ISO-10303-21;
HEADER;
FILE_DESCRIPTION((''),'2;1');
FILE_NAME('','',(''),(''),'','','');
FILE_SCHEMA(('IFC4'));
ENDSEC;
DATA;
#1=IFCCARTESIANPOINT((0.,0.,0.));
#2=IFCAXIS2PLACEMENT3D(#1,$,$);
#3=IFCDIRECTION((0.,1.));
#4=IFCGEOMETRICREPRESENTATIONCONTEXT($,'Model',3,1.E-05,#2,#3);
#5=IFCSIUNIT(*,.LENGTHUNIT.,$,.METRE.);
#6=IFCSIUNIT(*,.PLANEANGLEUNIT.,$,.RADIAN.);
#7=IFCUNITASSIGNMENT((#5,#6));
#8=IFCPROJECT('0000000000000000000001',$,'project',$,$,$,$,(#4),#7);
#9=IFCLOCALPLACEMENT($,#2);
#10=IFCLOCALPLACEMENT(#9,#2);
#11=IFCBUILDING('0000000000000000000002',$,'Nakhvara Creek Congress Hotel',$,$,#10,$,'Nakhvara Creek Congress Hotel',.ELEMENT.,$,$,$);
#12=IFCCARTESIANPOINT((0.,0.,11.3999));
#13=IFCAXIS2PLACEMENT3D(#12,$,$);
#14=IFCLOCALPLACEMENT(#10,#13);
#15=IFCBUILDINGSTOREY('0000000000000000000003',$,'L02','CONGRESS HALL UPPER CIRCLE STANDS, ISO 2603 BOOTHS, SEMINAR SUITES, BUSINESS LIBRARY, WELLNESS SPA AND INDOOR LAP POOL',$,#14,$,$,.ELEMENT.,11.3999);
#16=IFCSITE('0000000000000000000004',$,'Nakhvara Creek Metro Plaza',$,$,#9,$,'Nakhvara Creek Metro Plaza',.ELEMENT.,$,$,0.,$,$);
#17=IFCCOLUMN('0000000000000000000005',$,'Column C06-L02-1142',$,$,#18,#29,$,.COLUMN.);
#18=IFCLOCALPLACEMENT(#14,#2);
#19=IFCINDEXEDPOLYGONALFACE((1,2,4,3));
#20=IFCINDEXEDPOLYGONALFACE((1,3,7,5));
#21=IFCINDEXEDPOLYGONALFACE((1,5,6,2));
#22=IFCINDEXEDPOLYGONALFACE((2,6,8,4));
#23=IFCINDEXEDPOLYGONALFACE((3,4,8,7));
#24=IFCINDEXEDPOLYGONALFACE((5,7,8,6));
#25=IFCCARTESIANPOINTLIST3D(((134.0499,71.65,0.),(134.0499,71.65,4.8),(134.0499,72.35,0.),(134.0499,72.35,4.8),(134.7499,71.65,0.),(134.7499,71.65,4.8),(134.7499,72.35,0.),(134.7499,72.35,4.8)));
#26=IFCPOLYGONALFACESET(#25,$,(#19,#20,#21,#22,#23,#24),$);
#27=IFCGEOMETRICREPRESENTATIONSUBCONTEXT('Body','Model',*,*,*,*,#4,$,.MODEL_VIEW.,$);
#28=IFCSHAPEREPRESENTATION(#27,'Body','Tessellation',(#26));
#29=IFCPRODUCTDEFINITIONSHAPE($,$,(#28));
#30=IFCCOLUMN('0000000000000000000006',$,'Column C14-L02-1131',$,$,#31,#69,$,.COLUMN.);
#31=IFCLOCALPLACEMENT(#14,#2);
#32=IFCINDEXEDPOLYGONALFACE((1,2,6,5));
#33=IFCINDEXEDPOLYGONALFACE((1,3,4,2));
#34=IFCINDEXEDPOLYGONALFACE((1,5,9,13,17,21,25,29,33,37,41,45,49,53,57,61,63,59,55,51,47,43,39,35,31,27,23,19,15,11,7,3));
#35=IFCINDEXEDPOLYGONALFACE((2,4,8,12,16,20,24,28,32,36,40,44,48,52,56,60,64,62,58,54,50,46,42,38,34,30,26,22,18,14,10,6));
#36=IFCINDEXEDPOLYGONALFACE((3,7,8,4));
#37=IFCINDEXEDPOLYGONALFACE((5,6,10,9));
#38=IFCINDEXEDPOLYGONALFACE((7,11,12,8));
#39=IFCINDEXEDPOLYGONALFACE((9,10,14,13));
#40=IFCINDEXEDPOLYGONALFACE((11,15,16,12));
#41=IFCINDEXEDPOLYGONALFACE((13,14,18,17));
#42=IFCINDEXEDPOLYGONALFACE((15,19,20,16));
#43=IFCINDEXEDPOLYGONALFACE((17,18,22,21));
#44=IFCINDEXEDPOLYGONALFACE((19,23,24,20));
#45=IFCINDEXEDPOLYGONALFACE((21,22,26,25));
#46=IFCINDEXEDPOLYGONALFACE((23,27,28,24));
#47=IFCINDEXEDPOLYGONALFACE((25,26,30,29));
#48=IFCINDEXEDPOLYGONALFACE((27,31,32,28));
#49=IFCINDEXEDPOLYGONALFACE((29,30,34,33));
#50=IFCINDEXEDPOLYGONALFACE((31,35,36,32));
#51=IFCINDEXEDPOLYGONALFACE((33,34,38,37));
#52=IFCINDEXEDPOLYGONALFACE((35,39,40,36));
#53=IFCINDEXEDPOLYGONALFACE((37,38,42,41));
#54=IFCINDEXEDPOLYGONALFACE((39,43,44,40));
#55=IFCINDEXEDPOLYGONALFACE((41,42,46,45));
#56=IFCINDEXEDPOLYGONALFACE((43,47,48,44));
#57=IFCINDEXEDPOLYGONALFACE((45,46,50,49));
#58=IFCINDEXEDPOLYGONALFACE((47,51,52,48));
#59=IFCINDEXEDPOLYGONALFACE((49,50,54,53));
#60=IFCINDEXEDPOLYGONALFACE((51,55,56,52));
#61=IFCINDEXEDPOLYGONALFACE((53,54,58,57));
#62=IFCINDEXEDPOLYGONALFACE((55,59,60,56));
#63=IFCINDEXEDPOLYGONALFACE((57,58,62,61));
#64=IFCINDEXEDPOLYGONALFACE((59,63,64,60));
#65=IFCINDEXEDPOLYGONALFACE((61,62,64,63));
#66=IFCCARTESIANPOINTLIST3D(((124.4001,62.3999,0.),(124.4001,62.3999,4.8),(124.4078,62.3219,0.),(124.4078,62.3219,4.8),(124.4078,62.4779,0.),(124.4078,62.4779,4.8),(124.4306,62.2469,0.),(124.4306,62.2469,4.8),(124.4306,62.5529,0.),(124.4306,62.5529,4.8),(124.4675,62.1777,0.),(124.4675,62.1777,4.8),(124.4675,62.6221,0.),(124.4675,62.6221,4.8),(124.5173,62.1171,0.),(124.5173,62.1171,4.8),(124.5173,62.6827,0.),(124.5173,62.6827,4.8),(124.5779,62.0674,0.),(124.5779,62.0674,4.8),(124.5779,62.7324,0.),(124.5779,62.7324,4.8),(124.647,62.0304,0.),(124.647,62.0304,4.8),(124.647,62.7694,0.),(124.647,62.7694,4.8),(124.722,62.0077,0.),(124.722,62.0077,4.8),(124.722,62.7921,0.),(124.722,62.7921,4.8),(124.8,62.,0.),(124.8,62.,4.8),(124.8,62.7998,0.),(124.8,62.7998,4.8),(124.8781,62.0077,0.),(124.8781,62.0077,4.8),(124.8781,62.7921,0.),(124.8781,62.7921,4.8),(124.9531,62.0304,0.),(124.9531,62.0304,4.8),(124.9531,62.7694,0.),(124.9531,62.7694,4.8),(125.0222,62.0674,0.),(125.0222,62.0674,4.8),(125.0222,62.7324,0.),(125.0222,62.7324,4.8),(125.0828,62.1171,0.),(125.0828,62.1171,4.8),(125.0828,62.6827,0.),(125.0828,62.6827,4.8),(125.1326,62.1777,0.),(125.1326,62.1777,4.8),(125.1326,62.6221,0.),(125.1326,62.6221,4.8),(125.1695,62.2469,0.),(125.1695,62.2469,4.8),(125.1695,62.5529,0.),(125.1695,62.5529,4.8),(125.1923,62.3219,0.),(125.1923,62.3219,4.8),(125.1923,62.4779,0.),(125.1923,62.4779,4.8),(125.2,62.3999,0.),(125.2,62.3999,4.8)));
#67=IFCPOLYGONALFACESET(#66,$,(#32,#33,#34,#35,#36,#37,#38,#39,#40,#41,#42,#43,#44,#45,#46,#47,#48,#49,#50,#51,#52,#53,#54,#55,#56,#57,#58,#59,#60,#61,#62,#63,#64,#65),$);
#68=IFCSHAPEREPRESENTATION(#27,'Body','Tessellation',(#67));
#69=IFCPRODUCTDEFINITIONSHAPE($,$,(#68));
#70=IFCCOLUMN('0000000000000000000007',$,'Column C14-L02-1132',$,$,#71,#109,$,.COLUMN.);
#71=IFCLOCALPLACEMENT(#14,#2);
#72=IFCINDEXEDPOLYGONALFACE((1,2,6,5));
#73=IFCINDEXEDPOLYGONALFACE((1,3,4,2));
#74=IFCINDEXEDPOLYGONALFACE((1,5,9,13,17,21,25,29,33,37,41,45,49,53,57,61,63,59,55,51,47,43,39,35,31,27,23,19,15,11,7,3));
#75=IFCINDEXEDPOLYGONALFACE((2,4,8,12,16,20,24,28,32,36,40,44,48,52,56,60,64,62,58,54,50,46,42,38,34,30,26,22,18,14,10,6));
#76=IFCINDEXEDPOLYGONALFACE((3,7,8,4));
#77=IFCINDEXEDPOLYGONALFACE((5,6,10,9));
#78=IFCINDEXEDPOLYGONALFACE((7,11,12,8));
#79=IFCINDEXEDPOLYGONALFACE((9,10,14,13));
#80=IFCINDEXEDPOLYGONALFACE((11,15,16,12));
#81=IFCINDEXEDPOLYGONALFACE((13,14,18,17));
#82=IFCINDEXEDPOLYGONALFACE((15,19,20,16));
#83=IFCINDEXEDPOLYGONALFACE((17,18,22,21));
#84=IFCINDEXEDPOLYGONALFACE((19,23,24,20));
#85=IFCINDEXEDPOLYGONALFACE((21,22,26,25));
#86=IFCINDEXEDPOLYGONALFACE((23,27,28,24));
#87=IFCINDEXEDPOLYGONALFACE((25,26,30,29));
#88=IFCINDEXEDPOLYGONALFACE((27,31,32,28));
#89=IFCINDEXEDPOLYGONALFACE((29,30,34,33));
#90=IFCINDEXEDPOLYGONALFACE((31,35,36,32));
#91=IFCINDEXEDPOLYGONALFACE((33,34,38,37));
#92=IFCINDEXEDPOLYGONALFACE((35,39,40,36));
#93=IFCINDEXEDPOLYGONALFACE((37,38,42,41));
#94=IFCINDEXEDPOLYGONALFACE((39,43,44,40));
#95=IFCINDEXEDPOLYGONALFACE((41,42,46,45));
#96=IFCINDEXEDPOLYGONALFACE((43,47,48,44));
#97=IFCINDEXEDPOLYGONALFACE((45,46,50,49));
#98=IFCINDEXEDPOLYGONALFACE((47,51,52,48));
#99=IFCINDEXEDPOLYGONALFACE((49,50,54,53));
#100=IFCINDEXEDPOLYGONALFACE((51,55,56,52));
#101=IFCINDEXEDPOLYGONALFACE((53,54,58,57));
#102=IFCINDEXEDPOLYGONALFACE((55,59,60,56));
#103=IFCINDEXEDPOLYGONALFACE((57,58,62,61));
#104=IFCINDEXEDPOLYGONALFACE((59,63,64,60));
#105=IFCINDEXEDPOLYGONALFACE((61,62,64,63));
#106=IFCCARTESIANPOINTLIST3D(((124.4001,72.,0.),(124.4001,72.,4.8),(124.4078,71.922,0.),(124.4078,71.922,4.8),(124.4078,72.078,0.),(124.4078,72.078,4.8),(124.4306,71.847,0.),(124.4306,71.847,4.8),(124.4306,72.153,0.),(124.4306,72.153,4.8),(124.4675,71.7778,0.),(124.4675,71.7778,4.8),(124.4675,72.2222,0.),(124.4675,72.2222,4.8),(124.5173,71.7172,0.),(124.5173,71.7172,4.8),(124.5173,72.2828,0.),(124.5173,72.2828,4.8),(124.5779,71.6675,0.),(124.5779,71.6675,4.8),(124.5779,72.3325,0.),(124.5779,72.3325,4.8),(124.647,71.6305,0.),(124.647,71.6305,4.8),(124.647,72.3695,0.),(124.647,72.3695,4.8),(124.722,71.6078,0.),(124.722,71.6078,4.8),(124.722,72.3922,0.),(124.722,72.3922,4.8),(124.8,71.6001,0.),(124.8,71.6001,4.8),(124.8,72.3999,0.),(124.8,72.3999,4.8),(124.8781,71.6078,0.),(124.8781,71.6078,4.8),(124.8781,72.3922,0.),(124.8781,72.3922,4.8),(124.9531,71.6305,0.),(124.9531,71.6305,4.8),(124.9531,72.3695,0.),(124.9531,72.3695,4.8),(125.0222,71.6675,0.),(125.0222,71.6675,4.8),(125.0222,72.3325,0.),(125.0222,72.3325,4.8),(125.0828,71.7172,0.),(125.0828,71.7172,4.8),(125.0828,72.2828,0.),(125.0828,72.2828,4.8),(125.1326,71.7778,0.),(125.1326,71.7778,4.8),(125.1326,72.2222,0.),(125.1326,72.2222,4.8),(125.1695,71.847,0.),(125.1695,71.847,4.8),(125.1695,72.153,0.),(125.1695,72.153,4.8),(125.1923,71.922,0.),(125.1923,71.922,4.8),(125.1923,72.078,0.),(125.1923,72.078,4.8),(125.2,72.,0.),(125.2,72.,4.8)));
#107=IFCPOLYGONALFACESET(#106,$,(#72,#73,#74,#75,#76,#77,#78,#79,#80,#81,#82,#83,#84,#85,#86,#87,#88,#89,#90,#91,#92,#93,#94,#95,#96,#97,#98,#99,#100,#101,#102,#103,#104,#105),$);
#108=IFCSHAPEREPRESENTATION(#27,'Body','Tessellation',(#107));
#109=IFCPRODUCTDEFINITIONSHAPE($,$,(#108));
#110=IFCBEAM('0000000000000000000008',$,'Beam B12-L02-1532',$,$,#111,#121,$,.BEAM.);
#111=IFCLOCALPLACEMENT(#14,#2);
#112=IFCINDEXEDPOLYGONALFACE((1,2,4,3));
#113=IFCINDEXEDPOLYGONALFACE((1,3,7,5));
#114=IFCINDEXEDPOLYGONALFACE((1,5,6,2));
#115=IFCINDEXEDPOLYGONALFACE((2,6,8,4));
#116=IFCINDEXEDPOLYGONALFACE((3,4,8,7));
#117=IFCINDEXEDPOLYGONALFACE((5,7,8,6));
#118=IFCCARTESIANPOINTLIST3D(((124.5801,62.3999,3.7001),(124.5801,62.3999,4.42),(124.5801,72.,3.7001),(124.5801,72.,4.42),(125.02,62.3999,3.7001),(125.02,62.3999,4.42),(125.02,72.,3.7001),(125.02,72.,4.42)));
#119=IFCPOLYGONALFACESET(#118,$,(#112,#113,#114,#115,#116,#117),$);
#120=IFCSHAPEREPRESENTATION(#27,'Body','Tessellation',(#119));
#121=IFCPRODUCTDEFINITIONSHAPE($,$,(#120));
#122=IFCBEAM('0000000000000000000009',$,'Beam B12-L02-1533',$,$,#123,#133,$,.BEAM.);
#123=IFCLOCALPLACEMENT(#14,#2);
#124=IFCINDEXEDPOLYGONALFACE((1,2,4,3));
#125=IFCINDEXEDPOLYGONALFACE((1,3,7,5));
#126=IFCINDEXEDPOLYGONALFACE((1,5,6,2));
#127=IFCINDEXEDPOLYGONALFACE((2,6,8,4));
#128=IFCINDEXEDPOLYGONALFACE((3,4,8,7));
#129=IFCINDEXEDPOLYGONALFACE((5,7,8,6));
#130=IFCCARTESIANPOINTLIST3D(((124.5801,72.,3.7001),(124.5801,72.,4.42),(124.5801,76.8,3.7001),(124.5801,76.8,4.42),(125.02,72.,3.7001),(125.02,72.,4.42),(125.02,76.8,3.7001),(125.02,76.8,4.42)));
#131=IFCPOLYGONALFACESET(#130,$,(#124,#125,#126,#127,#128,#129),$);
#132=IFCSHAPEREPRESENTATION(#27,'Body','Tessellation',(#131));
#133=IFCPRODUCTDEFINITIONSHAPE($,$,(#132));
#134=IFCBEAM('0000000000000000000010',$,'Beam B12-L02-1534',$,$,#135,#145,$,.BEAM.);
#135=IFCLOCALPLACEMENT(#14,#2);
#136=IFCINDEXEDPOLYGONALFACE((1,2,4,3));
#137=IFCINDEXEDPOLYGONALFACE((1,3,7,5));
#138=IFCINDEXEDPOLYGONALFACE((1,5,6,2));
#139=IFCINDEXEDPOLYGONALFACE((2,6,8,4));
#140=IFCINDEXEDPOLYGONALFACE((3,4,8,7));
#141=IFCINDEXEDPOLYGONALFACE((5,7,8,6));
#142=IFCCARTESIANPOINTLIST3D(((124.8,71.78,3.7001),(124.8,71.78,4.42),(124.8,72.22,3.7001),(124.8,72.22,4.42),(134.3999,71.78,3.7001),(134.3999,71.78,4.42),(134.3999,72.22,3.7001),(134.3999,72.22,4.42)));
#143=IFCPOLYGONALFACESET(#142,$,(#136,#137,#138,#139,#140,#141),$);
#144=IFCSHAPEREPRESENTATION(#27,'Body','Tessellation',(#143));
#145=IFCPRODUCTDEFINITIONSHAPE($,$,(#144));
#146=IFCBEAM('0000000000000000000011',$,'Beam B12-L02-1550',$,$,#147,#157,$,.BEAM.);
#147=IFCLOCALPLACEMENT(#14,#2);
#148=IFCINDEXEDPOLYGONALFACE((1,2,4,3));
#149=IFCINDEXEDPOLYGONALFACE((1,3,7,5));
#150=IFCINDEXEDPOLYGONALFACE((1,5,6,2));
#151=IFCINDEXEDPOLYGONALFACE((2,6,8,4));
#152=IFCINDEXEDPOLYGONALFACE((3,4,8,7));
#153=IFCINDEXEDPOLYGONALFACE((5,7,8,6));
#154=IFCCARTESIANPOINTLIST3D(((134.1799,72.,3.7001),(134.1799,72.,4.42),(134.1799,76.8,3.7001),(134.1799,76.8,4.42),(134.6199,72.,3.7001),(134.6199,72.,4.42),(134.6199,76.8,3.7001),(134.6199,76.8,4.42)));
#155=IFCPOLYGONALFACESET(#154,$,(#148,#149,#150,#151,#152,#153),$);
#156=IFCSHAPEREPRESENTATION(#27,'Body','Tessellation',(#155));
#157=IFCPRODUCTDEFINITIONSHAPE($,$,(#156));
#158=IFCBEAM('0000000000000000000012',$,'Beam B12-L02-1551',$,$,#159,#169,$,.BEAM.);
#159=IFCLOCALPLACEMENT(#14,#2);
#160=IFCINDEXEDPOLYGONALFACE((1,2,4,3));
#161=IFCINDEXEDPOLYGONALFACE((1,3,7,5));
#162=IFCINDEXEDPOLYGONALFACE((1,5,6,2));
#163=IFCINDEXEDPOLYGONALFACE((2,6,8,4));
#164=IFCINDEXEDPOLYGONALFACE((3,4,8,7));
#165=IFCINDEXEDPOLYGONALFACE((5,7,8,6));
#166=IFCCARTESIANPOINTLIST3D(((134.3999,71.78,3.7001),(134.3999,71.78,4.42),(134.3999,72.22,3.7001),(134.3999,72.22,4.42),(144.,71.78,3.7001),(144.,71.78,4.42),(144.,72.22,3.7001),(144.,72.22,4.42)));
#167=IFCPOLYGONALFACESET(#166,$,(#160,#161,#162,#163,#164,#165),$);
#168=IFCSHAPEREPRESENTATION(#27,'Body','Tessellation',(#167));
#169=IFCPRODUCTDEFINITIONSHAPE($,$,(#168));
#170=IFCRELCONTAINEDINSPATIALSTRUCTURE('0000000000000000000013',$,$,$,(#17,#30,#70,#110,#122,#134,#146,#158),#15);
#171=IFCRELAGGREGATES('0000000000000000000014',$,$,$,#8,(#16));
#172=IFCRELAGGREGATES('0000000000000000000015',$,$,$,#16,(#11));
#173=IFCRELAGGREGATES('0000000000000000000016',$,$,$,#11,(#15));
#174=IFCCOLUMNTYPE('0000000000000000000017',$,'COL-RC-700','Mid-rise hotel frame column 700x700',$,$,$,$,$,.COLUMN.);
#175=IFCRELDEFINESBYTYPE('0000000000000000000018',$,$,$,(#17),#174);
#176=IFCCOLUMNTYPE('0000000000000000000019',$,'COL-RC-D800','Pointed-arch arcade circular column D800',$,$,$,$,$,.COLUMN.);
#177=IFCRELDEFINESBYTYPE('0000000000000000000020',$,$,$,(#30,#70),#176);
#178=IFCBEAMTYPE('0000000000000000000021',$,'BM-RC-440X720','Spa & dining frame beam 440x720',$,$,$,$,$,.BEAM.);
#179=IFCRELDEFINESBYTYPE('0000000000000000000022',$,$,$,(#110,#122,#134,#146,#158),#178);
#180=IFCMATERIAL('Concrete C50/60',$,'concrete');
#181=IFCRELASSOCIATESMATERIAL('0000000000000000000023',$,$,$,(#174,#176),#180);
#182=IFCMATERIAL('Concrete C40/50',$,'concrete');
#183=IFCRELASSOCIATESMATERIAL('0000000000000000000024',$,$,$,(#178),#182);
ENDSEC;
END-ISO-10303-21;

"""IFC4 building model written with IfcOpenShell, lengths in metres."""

from ifc_helpers import new_model, si_unit, direction, frame, origin, origin_2d, place, context, subcontext, project, spatial, rectangle, circle, extrude, material, material_profile, profile_set, type_object, element, save


model = new_model("IFC4")

# Units and contexts
model_context = context("Model", 3, precision=1e-05, world=origin(), true_north=direction((0.0, 1.0)))
body_context = subcontext(model_context, "Body", "Model", "MODEL_VIEW")
ifc_project = project(units=[si_unit("LENGTHUNIT", "METRE"), si_unit("PLANEANGLEUNIT", "RADIAN")], contexts=[model_context])

# Site, building, storey
site_placement = place(None, origin())
site = spatial("IfcSite", under=ifc_project, at=site_placement, Name="Nakhvara Creek Metro Plaza", LongName="Nakhvara Creek Metro Plaza", CompositionType="ELEMENT", RefElevation=0.0)
building_placement = place(site_placement, origin())
building = spatial("IfcBuilding", under=site, at=building_placement, Name="Nakhvara Creek Congress Hotel", LongName="Nakhvara Creek Congress Hotel", CompositionType="ELEMENT")
storey_placement = place(building_placement, frame((0.0, 0.0, 11.3999)))
storey = spatial("IfcBuildingStorey", under=building, at=storey_placement, Name="L02", Description="CONGRESS HALL UPPER CIRCLE STANDS, ISO 2603 BOOTHS, SEMINAR SUITES, BUSINESS LIBRARY, WELLNESS SPA AND INDOOR LAP POOL", CompositionType="ELEMENT", Elevation=11.3999)

# Columns
ifc_material_1 = material(Name="Concrete C50/60", Category="concrete")
ifc_material_profile_1 = material_profile(ifc_material_1, rectangle(XDim=0.7, YDim=0.7, at=origin_2d()), Name="RC-COL 700x700", Category="LoadBearing")
ifc_profile_set_1 = profile_set([ifc_material_profile_1], Name="Concrete C50/60")
column_type_1 = type_object("IfcColumnType", Name="COL-RC-700", Description="Mid-rise hotel frame column 700x700", PredefinedType="COLUMN", material=ifc_profile_set_1)
column_placement = place(storey_placement, frame((134.3999, 72.0, 0.0), z_axis=(0.0, 0.0, 1.0), x_axis=(1.0, 0.0, 0.0)))
element("IfcColumn", 1, at=column_placement, inside=storey, type_object=column_type_1, Name="Column C06-L02-1142", PredefinedType="COLUMN", context=body_context, shape_type="SweptSolid", body=[
    extrude(rectangle(XDim=0.7, YDim=0.7, at=origin_2d()), origin(), (0.0, 0.0, 1.0), 4.8),
])
ifc_material_profile_2 = material_profile(ifc_material_1, circle(Radius=0.3999, at=origin_2d()), Name="RC-COL D800", Category="LoadBearing")
ifc_profile_set_2 = profile_set([ifc_material_profile_2], Name="Concrete C50/60")
column_type_2 = type_object("IfcColumnType", Name="COL-RC-D800", Description="Pointed-arch arcade circular column D800", PredefinedType="COLUMN", material=ifc_profile_set_2)
for number, where, z_axis, x_axis, name in (
    (2, (124.8, 62.3999, 0.0), (0.0, 0.0, 1.0), (1.0, 0.0, 0.0), "Column C14-L02-1131"),
    (3, (124.8, 72.0, 0.0), (0.0, 0.0, 1.0), (1.0, 0.0, 0.0), "Column C14-L02-1132"),
):
    element("IfcColumn", number, at=place(storey_placement, frame(where, z_axis=z_axis, x_axis=x_axis)), inside=storey, type_object=column_type_2, Name=name, PredefinedType="COLUMN", context=body_context, shape_type="SweptSolid", body=[
        extrude(circle(Radius=0.3999, at=origin_2d()), origin(), (0.0, 0.0, 1.0), 4.8),
    ])

# Beams
ifc_material_2 = material(Name="Concrete C40/50", Category="concrete")
ifc_material_profile_3 = material_profile(ifc_material_2, rectangle(XDim=0.4399, YDim=0.72, at=origin_2d()), Name="RC-BM 440x720", Category="LoadBearing")
ifc_profile_set_3 = profile_set([ifc_material_profile_3], Name="Concrete C40/50")
beam_type_1 = type_object("IfcBeamType", Name="BM-RC-440X720", Description="Spa & dining frame beam 440x720", PredefinedType="BEAM", material=ifc_profile_set_3)
beam_1_placement = place(storey_placement, frame((124.8, 62.3999, 4.0601), z_axis=(0.0, 1.0, 0.0), x_axis=(-1.0, 0.0, 0.0)))
element("IfcBeam", 4, at=beam_1_placement, inside=storey, type_object=beam_type_1, Name="Beam B12-L02-1532", PredefinedType="BEAM", context=body_context, shape_type="SweptSolid", body=[
    extrude(rectangle(XDim=0.4399, YDim=0.72, at=origin_2d()), origin(), (0.0, 0.0, 1.0), 9.6001),
])
beam_2_placement = place(storey_placement, frame((124.8, 72.0, 4.0601), z_axis=(0.0, 1.0, 0.0), x_axis=(-1.0, 0.0, 0.0)))
element("IfcBeam", 5, at=beam_2_placement, inside=storey, type_object=beam_type_1, Name="Beam B12-L02-1533", PredefinedType="BEAM", context=body_context, shape_type="SweptSolid", body=[
    extrude(rectangle(XDim=0.4399, YDim=0.72, at=origin_2d()), origin(), (0.0, 0.0, 1.0), 4.8),
])
beam_3_placement = place(storey_placement, frame((124.8, 72.0, 4.0601), z_axis=(1.0, 0.0, 0.0), x_axis=(0.0, 1.0, 0.0)))
element("IfcBeam", 6, at=beam_3_placement, inside=storey, type_object=beam_type_1, Name="Beam B12-L02-1534", PredefinedType="BEAM", context=body_context, shape_type="SweptSolid", body=[
    extrude(rectangle(XDim=0.4399, YDim=0.72, at=origin_2d()), origin(), (0.0, 0.0, 1.0), 9.5999),
])
beam_4_placement = place(storey_placement, frame((134.3999, 72.0, 4.0601), z_axis=(0.0, 1.0, 0.0), x_axis=(-1.0, 0.0, 0.0)))
element("IfcBeam", 7, at=beam_4_placement, inside=storey, type_object=beam_type_1, Name="Beam B12-L02-1550", PredefinedType="BEAM", context=body_context, shape_type="SweptSolid", body=[
    extrude(rectangle(XDim=0.4399, YDim=0.72, at=origin_2d()), origin(), (0.0, 0.0, 1.0), 4.8),
])
beam_5_placement = place(storey_placement, frame((134.3999, 72.0, 4.0601), z_axis=(1.0, 0.0, 0.0), x_axis=(0.0, 1.0, 0.0)))
element("IfcBeam", 8, at=beam_5_placement, inside=storey, type_object=beam_type_1, Name="Beam B12-L02-1551", PredefinedType="BEAM", context=body_context, shape_type="SweptSolid", body=[
    extrude(rectangle(XDim=0.4399, YDim=0.72, at=origin_2d()), origin(), (0.0, 0.0, 1.0), 9.6001),
])

save(model, "model.ifc")
